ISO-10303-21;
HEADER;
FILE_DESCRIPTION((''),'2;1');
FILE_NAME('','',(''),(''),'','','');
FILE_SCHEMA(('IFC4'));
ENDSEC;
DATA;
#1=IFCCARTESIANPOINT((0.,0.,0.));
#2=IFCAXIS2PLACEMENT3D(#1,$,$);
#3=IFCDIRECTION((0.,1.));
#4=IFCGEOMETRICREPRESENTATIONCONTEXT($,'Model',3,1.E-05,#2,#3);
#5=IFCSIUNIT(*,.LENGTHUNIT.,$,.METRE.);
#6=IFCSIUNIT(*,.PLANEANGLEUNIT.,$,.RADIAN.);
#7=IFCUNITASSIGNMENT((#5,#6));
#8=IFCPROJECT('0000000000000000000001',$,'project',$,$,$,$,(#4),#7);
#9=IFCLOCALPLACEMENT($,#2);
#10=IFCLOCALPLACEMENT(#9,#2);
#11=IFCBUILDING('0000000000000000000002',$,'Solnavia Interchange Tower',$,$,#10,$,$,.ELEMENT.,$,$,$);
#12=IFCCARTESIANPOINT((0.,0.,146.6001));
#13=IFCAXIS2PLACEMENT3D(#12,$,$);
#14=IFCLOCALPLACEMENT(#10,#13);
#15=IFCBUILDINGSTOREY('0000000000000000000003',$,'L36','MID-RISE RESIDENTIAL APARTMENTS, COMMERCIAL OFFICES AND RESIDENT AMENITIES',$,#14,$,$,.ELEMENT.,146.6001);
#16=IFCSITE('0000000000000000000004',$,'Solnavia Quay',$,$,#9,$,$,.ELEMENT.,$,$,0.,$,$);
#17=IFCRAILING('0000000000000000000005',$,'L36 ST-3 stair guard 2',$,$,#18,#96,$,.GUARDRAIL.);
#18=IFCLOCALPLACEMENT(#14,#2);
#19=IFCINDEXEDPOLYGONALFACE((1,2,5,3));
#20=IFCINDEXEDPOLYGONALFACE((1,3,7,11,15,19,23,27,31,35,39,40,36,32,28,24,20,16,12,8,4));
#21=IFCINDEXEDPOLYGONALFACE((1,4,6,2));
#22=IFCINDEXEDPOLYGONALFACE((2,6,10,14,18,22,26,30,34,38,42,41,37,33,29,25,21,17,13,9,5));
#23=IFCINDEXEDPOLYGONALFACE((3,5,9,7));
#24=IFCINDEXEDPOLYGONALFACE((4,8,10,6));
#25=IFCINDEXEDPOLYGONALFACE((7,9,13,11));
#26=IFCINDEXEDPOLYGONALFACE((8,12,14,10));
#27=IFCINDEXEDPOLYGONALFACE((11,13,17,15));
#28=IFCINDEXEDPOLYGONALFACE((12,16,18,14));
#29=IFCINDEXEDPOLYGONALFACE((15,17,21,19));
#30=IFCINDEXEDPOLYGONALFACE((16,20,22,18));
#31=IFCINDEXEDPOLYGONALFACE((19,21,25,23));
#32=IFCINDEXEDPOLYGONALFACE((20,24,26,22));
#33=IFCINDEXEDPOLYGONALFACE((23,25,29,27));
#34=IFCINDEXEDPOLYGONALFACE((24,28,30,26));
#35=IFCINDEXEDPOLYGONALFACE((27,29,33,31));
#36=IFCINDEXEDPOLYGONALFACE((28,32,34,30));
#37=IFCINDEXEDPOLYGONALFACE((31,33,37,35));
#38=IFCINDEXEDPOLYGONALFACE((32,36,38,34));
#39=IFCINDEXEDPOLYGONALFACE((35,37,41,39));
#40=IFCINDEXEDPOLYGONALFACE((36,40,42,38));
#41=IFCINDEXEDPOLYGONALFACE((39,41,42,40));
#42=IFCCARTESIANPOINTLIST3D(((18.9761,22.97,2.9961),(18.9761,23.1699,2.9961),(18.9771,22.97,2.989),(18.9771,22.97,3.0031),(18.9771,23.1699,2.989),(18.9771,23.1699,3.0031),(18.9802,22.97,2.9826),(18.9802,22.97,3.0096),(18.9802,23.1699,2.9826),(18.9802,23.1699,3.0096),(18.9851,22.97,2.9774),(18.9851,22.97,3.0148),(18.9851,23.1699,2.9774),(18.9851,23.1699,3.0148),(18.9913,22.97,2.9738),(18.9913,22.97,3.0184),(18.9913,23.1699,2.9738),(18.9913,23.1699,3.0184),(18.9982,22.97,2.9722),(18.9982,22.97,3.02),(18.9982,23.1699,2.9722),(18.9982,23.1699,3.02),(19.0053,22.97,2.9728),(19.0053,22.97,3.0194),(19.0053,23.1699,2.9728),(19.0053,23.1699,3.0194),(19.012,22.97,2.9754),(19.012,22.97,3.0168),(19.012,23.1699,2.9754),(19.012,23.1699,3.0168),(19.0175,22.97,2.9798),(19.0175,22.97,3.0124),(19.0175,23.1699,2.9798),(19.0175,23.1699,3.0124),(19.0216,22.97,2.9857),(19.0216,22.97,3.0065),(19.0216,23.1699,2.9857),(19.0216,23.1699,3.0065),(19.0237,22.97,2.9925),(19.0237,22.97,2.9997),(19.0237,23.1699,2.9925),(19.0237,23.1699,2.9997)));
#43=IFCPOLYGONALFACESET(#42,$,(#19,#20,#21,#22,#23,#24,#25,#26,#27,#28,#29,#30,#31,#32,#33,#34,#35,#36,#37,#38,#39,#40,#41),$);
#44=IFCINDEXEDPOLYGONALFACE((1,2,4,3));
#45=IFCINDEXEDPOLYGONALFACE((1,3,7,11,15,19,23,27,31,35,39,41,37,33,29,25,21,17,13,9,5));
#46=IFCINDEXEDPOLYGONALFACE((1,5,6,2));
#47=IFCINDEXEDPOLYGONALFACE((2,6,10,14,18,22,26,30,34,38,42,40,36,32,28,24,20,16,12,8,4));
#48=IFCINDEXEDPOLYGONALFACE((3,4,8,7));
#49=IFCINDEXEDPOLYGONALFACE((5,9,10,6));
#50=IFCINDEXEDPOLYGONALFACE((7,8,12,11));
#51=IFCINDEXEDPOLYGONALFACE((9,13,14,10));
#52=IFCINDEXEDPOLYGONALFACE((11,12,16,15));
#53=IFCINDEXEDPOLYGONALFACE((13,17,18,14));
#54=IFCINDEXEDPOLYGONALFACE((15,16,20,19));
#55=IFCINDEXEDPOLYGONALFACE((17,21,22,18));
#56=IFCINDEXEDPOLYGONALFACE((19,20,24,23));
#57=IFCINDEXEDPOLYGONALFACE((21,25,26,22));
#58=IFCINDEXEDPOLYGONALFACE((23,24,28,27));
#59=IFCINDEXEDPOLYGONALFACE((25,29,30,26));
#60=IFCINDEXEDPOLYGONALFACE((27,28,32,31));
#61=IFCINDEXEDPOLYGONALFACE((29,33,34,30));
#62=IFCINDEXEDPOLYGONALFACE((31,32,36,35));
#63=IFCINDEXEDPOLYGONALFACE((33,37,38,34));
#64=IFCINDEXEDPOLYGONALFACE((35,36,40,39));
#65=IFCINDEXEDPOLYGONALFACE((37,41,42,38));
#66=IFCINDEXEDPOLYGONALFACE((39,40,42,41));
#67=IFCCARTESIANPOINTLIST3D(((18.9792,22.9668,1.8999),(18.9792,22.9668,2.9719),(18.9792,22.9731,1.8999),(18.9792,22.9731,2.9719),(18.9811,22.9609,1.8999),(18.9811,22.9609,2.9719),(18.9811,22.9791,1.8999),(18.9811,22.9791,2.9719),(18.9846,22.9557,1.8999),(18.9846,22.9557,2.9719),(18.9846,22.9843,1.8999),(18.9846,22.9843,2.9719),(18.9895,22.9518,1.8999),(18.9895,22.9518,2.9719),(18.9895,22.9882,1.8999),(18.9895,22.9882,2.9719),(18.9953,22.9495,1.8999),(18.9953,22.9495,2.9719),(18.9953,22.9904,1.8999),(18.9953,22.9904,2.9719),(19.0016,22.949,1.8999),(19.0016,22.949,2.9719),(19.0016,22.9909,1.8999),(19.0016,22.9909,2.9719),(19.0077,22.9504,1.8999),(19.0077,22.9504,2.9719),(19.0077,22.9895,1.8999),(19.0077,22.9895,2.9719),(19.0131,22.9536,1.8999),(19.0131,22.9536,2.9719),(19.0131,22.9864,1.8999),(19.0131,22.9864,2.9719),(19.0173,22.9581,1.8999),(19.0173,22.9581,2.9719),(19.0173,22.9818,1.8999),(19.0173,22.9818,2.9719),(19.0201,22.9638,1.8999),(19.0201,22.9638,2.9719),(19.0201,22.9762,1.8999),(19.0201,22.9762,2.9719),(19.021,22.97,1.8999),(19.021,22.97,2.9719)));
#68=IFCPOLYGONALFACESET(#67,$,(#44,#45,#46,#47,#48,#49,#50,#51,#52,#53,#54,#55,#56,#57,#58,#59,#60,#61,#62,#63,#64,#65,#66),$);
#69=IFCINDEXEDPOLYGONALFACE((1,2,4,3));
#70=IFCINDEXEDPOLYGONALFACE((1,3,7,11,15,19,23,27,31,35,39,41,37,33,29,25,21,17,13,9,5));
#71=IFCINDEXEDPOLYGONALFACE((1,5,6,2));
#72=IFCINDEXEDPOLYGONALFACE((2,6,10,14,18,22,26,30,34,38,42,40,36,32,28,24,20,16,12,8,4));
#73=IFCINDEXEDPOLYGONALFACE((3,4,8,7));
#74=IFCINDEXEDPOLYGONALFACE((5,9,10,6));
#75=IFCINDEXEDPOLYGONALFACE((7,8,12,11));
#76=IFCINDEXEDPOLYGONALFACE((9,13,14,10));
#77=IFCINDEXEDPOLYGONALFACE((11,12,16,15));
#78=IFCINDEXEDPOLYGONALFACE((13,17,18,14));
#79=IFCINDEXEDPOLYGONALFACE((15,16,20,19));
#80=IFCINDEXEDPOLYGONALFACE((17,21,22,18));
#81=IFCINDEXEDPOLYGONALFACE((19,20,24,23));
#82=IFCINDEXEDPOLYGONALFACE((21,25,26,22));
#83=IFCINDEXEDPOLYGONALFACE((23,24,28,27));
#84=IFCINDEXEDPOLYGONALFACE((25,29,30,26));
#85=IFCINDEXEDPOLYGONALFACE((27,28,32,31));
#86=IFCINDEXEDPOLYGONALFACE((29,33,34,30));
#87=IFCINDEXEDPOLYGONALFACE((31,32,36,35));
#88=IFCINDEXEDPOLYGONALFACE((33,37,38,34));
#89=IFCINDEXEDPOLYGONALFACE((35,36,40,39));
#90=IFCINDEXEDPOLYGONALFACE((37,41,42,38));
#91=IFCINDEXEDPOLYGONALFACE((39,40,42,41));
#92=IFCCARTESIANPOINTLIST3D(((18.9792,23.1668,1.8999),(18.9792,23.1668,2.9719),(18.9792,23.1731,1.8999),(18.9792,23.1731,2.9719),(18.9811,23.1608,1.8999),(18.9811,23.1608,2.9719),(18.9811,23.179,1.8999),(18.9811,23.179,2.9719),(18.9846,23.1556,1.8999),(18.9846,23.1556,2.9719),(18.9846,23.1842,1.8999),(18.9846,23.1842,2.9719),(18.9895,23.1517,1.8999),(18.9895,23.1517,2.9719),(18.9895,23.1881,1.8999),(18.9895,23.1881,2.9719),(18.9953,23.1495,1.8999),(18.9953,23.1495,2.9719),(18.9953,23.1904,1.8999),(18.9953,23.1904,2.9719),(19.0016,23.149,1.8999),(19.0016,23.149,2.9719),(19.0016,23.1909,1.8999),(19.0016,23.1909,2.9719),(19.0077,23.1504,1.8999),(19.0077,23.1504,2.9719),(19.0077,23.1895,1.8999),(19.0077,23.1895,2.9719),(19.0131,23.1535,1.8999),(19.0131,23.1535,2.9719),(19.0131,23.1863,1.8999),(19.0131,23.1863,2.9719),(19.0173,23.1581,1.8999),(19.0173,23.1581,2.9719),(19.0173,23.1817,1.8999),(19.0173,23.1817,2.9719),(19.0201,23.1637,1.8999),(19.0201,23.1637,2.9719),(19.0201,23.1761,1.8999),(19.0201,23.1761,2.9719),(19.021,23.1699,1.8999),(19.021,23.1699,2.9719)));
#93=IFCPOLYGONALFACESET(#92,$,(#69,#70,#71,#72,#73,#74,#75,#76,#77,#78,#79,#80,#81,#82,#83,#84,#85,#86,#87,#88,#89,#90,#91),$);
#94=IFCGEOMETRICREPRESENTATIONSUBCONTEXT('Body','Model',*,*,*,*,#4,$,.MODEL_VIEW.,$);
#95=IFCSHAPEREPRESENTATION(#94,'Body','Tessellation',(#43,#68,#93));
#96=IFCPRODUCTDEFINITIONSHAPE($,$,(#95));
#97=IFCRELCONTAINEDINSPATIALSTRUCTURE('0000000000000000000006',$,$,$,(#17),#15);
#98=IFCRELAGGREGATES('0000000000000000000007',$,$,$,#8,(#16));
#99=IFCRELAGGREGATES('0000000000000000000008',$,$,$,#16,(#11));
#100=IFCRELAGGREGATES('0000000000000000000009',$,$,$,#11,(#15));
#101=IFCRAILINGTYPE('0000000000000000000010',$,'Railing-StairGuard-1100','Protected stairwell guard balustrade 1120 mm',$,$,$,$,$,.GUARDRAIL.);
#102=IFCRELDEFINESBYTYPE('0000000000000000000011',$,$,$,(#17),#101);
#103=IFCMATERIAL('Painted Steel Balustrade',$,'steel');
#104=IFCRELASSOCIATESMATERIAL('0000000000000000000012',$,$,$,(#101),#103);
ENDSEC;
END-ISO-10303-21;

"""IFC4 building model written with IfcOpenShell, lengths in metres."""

from ifc_helpers import new_model, si_unit, direction, frame, origin, origin_2d, place, context, subcontext, project, spatial, circle, extrude, material, type_object, element, save


model = new_model("IFC4")

# Units and contexts
model_context = context("Model", 3, precision=1e-05, world=origin(), true_north=direction((0.0, 1.0)))
body_context = subcontext(model_context, "Body", "Model", "MODEL_VIEW")
ifc_project = project(units=[si_unit("LENGTHUNIT", "METRE"), si_unit("PLANEANGLEUNIT", "RADIAN")], contexts=[model_context])

# Site, building, storey
site_placement = place(None, origin())
site = spatial("IfcSite", under=ifc_project, at=site_placement, Name="Solnavia Quay", CompositionType="ELEMENT", RefElevation=0.0)
building_placement = place(site_placement, origin())
building = spatial("IfcBuilding", under=site, at=building_placement, Name="Solnavia Interchange Tower", CompositionType="ELEMENT")
storey_placement = place(building_placement, frame((0.0, 0.0, 146.6001)))
storey = spatial("IfcBuildingStorey", under=building, at=storey_placement, Name="L36", Description="MID-RISE RESIDENTIAL APARTMENTS, COMMERCIAL OFFICES AND RESIDENT AMENITIES", CompositionType="ELEMENT", Elevation=146.6001)

# Railing
ifc_material_1 = material(Name="Painted Steel Balustrade", Category="steel")
railing_type_1 = type_object("IfcRailingType", Name="Railing-StairGuard-1100", Description="Protected stairwell guard balustrade 1120 mm", PredefinedType="GUARDRAIL", material=ifc_material_1)
railing_1_placement = place(storey_placement, frame((19.0, 22.97, 1.8999)))
element("IfcRailing", 1, at=railing_1_placement, inside=storey, type_object=railing_type_1, Name="L36 ST-3 stair guard 2", PredefinedType="GUARDRAIL", context=body_context, shape_type="SweptSolid", body=[
    extrude(circle(Radius=0.0239, at=origin_2d()), frame((0.0, 0.0, 1.0962), z_axis=(0.0, 1.0, 0.0), x_axis=(-1.0, 0.0, 0.0)), (0.0, 0.0, 1.0), 0.2),
    extrude(circle(Radius=0.021, at=origin_2d()), origin(), (0.0, 0.0, 1.0), 1.072),
    extrude(circle(Radius=0.021, at=origin_2d()), frame((0.0, 0.2, 0.0)), (0.0, 0.0, 1.0), 1.072),
])

save(model, "model.ifc")
